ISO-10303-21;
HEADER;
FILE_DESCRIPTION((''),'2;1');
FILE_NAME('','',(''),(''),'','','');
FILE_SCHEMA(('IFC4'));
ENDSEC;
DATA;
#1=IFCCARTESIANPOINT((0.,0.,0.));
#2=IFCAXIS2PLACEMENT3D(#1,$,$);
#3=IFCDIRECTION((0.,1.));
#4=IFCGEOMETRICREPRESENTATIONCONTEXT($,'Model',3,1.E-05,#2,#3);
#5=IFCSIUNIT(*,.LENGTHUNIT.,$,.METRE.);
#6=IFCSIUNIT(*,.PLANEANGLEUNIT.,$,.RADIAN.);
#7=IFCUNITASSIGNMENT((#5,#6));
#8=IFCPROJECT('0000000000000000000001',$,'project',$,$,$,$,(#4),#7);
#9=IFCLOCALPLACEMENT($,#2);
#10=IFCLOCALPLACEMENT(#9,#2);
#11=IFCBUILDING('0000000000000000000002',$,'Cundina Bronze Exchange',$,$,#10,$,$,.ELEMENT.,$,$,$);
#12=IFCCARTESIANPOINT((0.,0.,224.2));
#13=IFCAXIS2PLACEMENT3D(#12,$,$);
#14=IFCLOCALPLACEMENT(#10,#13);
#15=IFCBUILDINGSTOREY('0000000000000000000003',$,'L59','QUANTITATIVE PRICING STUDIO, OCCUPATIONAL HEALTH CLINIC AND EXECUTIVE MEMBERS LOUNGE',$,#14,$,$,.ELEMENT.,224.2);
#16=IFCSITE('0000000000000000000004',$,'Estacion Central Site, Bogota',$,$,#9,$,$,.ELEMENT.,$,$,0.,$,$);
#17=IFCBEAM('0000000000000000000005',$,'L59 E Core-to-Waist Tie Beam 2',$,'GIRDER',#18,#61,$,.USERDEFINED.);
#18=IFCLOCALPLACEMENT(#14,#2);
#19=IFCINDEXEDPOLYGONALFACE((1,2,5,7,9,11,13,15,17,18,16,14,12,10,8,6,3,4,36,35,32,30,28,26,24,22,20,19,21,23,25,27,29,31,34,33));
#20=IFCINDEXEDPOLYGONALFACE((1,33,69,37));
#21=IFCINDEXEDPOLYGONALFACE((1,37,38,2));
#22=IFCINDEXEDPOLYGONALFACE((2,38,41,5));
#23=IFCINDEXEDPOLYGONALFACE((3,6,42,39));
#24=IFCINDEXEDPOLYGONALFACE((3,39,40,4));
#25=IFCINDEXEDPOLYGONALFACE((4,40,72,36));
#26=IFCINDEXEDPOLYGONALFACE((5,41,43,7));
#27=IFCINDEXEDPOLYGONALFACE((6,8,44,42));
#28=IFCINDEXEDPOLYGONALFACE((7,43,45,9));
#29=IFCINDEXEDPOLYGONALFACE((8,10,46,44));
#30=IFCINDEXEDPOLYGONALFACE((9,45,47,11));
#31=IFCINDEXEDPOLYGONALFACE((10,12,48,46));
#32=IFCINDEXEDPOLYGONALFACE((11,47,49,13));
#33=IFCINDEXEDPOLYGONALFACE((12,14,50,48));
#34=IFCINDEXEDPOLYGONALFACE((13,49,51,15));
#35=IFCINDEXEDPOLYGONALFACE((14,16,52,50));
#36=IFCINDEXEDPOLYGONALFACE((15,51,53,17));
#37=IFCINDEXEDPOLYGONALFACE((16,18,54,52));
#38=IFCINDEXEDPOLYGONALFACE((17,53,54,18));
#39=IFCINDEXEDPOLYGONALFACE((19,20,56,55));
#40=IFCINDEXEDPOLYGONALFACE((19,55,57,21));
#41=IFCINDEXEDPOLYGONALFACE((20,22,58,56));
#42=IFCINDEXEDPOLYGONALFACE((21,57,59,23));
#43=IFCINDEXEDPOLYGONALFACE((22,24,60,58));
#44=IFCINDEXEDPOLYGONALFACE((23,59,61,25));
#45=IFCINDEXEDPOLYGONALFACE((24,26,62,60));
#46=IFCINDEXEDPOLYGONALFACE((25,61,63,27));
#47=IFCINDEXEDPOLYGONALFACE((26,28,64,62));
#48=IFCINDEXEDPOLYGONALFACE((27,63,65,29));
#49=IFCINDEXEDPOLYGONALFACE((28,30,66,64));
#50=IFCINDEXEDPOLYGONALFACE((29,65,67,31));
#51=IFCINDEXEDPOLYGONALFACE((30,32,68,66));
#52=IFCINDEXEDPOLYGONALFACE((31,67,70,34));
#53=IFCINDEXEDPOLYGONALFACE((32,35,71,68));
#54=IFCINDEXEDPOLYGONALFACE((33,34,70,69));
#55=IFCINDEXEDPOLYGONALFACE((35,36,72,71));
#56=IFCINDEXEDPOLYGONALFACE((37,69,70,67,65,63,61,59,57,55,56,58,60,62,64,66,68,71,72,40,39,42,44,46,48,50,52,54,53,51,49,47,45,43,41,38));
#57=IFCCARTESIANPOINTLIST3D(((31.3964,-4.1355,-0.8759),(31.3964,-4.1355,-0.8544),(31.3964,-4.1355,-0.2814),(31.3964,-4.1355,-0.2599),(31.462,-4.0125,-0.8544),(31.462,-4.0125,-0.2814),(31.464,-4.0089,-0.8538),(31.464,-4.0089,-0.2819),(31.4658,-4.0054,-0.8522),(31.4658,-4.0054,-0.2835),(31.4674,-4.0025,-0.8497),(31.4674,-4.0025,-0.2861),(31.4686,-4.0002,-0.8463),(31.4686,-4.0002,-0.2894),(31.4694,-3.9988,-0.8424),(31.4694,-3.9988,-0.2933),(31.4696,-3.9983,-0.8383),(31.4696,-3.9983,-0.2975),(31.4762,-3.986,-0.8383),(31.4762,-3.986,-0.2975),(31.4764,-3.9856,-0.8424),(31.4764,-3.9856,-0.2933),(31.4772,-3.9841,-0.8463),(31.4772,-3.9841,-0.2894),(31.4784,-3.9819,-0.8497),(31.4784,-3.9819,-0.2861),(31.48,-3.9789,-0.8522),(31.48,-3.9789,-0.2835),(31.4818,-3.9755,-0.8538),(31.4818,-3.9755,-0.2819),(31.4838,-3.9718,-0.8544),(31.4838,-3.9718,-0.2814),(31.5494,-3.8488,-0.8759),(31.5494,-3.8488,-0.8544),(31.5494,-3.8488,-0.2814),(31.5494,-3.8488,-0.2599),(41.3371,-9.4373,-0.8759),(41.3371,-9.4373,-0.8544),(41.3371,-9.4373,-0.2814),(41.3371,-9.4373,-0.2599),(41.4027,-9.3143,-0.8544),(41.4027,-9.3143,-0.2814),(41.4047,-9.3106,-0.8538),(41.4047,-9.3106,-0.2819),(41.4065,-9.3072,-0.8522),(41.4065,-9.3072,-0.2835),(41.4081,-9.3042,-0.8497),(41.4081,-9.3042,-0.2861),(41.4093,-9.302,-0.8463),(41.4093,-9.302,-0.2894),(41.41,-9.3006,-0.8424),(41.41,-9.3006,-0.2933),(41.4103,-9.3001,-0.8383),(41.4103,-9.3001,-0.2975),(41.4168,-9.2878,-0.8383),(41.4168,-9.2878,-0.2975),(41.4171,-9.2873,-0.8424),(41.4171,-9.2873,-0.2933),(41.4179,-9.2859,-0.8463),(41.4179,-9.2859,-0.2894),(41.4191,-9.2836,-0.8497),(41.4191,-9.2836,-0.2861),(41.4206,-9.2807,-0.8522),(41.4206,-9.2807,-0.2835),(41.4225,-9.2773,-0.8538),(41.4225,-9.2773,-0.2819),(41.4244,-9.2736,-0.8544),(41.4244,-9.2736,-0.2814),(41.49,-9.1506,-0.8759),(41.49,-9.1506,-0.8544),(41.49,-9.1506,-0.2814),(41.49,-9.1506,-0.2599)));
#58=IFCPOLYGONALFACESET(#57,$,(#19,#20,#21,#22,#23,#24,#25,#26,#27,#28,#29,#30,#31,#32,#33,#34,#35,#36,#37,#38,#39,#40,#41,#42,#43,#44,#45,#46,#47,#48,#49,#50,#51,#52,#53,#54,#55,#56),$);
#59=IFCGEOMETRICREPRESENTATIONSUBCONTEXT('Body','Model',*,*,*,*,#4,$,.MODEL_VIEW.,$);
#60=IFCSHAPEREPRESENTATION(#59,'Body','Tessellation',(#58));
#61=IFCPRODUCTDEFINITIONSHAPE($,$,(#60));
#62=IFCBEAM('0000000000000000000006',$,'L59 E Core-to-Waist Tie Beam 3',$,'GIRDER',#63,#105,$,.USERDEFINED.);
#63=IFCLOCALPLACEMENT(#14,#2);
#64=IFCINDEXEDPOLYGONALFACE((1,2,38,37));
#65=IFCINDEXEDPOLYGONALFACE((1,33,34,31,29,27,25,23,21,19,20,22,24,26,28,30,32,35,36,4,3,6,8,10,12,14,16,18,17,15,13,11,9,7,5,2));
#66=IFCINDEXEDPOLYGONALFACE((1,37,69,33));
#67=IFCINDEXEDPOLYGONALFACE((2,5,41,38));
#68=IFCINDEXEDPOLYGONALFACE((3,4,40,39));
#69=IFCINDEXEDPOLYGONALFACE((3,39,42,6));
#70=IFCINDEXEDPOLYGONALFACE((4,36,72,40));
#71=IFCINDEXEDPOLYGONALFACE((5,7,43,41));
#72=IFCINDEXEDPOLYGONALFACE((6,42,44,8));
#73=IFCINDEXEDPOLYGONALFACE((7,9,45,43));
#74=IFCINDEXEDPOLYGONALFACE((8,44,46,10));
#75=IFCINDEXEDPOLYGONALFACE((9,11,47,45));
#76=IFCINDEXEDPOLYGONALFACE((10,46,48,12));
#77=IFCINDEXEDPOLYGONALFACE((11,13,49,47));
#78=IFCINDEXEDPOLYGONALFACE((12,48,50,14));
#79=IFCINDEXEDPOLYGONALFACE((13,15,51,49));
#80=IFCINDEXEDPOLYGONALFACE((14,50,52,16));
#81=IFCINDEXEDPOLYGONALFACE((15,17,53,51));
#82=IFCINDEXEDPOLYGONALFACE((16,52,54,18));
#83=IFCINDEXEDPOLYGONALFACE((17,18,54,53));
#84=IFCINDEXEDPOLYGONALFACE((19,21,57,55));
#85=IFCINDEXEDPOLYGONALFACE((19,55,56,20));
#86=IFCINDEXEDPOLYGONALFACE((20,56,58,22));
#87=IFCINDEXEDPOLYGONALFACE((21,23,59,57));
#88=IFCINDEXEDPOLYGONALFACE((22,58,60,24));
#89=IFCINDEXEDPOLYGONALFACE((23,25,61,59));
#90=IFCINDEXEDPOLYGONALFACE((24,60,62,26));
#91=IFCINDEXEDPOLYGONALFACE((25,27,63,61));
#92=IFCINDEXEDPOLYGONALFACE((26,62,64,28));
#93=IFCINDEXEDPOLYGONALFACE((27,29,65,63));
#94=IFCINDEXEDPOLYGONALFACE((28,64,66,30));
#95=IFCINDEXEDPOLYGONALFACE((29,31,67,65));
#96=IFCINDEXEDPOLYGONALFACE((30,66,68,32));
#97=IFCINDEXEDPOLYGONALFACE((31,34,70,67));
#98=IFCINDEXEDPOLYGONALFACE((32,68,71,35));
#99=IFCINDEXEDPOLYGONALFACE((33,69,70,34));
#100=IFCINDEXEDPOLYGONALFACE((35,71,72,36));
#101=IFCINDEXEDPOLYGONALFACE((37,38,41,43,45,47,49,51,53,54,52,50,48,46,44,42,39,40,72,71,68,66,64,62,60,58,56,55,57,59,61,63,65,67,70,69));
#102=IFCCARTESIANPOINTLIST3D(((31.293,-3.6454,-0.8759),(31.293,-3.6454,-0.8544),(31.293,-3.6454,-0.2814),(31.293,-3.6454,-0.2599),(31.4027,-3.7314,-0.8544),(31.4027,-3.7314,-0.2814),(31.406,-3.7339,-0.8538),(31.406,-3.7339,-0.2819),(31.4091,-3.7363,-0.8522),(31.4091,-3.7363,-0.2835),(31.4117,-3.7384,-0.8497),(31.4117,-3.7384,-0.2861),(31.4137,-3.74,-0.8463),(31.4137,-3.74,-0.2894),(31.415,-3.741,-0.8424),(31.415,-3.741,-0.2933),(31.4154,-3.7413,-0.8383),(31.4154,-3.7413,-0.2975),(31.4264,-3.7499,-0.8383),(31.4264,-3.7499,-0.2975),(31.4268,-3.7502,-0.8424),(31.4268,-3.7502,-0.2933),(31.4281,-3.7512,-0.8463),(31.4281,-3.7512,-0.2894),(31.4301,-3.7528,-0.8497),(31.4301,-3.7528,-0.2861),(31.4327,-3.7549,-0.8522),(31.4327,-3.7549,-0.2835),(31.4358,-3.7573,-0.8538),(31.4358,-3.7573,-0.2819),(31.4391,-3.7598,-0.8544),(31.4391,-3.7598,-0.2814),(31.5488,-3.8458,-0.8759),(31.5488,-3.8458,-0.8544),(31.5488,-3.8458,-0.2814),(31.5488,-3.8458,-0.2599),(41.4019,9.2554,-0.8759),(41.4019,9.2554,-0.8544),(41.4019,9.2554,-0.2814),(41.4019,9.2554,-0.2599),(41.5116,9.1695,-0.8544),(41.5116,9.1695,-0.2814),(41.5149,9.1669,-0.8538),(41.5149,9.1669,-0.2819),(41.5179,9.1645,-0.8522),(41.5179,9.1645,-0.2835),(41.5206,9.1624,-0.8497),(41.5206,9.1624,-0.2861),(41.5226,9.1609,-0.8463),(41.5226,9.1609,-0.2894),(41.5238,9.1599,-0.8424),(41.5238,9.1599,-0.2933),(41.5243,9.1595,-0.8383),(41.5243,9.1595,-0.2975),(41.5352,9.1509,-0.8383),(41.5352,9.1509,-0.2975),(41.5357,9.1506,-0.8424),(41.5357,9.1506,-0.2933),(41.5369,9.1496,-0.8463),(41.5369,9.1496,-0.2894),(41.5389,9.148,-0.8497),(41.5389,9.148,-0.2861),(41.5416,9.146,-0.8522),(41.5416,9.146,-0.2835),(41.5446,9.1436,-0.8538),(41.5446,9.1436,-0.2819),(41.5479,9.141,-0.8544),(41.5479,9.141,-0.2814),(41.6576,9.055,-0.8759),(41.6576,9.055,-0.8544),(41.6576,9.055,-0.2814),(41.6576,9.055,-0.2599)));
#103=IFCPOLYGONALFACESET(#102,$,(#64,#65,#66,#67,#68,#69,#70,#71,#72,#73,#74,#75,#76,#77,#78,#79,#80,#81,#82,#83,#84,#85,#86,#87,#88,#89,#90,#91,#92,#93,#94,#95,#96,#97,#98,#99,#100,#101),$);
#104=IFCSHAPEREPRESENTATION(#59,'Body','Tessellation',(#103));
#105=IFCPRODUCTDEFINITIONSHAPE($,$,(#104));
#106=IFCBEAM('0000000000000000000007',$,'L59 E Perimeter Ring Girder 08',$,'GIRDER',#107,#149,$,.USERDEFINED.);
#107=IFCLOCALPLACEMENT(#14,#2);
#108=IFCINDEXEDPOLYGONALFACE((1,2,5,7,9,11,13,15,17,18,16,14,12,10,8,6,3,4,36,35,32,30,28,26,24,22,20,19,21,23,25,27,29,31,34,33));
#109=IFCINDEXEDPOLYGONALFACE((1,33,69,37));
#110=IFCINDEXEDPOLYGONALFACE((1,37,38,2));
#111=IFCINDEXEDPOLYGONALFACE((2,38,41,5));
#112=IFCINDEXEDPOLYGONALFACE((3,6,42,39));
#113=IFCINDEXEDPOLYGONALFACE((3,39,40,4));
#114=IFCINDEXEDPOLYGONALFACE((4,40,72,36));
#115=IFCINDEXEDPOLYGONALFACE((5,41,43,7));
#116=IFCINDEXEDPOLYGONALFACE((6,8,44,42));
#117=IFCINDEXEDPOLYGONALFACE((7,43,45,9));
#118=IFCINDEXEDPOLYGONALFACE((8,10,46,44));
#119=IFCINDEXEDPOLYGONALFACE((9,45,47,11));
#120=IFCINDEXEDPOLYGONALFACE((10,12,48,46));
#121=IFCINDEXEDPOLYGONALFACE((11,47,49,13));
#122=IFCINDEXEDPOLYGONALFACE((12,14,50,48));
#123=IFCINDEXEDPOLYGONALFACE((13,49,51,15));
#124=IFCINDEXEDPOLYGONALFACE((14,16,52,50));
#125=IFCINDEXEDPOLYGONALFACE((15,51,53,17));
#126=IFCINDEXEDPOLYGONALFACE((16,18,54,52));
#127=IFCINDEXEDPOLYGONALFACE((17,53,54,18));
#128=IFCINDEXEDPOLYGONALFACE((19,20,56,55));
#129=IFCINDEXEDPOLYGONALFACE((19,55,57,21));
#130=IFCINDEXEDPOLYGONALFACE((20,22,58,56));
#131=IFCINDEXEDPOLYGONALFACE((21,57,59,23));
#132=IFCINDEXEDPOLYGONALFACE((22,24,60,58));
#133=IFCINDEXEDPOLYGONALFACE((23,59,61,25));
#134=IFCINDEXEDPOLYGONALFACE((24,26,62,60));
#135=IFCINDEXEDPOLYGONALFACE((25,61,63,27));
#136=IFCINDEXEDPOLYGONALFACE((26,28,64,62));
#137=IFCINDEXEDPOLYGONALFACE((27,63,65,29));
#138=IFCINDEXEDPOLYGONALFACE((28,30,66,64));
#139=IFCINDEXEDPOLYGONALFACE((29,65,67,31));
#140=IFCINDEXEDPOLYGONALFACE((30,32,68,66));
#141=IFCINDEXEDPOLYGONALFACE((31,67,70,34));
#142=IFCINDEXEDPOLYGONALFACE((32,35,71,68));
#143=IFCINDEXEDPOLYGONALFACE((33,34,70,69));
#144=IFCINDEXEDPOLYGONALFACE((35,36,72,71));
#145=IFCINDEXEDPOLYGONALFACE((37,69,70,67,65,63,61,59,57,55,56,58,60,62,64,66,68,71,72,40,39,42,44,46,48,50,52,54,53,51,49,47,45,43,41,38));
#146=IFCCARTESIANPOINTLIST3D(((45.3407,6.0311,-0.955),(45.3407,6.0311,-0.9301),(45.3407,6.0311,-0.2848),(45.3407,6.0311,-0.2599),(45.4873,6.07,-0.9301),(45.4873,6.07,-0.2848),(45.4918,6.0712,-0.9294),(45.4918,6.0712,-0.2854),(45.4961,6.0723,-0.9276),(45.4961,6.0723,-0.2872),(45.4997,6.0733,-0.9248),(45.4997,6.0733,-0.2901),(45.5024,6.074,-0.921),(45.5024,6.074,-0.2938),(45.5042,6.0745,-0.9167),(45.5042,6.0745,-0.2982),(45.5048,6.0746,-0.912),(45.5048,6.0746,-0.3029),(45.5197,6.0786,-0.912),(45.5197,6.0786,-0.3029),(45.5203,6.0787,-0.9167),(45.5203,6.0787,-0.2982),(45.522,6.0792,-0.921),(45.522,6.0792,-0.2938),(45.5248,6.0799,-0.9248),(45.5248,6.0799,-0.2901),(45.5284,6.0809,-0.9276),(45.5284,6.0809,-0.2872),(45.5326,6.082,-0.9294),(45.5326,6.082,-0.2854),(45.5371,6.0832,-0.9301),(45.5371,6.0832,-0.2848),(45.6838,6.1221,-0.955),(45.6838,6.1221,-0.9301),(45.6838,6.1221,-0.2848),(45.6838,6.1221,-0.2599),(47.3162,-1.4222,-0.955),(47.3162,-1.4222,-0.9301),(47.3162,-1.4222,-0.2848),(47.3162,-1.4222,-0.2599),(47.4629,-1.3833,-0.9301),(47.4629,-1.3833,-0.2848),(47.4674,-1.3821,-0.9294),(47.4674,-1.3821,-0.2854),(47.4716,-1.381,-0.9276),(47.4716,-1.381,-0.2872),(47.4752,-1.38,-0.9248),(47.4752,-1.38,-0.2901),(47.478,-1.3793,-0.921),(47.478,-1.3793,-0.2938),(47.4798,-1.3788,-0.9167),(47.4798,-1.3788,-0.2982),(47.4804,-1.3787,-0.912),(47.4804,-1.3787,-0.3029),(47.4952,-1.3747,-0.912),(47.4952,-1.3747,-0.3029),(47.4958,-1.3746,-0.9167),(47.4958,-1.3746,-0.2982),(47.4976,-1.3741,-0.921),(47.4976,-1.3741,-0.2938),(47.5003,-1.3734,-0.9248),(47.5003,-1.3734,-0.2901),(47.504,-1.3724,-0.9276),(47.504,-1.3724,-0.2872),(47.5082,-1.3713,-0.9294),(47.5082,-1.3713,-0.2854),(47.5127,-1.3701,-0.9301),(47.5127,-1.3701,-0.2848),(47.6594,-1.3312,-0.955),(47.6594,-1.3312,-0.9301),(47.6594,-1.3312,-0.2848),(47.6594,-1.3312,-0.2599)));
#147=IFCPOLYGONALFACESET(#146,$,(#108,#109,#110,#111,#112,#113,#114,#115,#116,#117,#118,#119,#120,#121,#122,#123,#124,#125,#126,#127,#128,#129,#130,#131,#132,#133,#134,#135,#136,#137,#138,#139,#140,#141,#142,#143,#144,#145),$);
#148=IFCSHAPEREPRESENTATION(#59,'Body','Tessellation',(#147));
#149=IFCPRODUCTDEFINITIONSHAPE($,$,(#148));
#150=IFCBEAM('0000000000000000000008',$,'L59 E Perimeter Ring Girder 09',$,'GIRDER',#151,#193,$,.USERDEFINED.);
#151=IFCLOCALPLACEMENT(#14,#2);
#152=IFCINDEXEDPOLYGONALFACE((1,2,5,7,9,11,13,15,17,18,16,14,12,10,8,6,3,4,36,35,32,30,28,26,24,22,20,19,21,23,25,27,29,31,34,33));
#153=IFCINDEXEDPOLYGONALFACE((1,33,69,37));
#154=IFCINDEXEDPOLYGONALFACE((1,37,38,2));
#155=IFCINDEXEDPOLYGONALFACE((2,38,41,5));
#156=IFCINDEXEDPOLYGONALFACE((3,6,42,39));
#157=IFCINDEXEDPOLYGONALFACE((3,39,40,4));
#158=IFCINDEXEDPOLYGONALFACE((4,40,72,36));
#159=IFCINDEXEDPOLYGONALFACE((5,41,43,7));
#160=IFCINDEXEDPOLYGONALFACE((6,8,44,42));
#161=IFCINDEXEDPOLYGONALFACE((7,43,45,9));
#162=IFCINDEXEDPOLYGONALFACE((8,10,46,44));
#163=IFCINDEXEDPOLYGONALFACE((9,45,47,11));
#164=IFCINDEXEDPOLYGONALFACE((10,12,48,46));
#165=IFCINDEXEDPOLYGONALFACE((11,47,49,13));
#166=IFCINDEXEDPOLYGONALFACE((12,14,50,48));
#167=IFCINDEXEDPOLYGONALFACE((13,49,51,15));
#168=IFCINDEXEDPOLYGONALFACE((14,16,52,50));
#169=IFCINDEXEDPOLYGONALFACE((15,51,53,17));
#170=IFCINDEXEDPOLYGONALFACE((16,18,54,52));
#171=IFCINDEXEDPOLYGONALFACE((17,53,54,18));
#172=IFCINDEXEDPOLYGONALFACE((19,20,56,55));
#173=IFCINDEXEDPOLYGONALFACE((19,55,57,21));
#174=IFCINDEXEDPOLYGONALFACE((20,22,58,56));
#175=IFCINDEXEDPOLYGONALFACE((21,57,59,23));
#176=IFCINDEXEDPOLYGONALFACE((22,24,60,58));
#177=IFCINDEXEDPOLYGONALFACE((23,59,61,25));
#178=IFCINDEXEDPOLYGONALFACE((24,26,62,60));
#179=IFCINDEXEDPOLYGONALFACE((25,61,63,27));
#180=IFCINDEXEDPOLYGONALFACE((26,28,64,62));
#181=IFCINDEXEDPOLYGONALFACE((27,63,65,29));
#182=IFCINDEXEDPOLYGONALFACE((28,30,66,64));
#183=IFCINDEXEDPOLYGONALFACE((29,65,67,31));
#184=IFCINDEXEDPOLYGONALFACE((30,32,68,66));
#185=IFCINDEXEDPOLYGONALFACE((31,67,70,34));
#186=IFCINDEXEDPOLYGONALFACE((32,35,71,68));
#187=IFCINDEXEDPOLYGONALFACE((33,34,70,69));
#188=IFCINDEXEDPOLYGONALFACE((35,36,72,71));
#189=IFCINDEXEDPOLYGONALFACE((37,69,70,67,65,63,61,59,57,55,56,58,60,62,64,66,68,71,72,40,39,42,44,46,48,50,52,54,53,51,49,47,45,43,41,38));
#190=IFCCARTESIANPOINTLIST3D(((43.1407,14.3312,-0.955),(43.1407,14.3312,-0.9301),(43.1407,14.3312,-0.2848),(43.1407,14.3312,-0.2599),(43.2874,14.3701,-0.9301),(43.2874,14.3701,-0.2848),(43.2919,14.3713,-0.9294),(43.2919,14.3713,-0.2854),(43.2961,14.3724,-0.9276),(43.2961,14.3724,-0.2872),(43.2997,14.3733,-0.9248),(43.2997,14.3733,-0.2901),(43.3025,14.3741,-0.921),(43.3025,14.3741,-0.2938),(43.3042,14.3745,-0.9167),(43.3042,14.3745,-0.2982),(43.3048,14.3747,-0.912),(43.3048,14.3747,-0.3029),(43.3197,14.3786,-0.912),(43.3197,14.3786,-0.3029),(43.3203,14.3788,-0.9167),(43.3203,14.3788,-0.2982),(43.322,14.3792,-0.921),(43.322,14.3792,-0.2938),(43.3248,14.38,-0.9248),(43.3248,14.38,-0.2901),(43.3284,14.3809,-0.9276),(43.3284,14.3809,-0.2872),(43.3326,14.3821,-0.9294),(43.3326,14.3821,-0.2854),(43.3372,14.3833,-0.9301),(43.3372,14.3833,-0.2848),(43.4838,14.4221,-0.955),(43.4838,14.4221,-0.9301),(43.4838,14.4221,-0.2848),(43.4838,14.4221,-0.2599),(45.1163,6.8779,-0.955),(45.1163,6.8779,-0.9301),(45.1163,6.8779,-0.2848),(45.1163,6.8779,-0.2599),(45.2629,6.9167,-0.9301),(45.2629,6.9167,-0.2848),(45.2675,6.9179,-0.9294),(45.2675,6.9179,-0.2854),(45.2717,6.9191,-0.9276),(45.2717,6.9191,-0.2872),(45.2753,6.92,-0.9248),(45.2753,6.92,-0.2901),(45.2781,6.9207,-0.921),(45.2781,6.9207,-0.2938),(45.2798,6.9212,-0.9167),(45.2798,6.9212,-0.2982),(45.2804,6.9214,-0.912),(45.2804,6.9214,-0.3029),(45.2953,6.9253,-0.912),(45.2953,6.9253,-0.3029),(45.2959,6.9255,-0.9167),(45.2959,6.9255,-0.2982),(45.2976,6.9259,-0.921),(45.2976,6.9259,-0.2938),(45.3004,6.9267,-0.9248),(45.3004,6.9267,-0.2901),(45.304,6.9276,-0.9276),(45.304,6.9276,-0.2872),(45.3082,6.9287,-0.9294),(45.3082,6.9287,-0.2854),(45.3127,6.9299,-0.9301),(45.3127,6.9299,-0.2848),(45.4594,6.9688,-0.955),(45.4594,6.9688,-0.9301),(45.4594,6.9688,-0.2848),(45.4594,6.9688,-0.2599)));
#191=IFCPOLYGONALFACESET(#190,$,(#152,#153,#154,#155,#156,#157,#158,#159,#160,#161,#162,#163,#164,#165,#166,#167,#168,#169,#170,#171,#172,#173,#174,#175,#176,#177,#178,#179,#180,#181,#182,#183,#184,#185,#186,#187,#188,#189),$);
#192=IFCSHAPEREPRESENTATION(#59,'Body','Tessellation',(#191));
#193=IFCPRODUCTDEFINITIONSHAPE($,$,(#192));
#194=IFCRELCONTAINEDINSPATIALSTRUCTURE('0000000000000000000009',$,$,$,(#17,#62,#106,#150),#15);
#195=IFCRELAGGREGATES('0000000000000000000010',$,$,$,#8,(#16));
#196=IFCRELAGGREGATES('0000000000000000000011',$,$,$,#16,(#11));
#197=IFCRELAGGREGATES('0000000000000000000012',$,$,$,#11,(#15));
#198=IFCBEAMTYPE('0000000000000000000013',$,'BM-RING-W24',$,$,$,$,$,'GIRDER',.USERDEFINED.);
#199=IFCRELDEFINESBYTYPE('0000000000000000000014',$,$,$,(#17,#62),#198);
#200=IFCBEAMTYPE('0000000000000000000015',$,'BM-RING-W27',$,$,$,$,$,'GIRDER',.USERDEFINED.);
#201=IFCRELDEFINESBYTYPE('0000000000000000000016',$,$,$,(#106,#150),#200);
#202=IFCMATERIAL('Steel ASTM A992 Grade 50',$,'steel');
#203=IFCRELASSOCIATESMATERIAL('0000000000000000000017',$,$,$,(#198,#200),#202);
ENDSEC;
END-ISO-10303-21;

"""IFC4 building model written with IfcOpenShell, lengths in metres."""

from ifc_helpers import new_model, si_unit, direction, frame, origin, origin_2d, place, context, subcontext, project, spatial, i_section, extrude, material, material_profile, profile_set, type_object, element, save


model = new_model("IFC4")

# Units and contexts
model_context = context("Model", 3, precision=1e-05, world=origin(), true_north=direction((0.0, 1.0)))
body_context = subcontext(model_context, "Body", "Model", "MODEL_VIEW")
ifc_project = project(units=[si_unit("LENGTHUNIT", "METRE"), si_unit("PLANEANGLEUNIT", "RADIAN")], contexts=[model_context])

# Site, building, storey
site_placement = place(None, origin())
site = spatial("IfcSite", under=ifc_project, at=site_placement, Name="Estacion Central Site, Bogota", CompositionType="ELEMENT", RefElevation=0.0)
building_placement = place(site_placement, origin())
building = spatial("IfcBuilding", under=site, at=building_placement, Name="Cundina Bronze Exchange", CompositionType="ELEMENT")
storey_placement = place(building_placement, frame((0.0, 0.0, 224.2)))
storey = spatial("IfcBuildingStorey", under=building, at=storey_placement, Name="L59", Description="QUANTITATIVE PRICING STUDIO, OCCUPATIONAL HEALTH CLINIC AND EXECUTIVE MEMBERS LOUNGE", CompositionType="ELEMENT", Elevation=224.2)

# Shared definitions
ifc_material_1 = material(Name="Steel ASTM A992 Grade 50", Category="steel")

# Beams
ifc_material_profile_1 = material_profile(ifc_material_1, i_section(OverallWidth=0.325, OverallDepth=0.616, WebThickness=0.0139, FlangeThickness=0.0215, FilletRadius=0.0161, at=origin_2d()), Name="W24X117", Category="steel")
ifc_profile_set_1 = profile_set([ifc_material_profile_1], Name="Steel ASTM A992 Grade 50")
beam_type_1 = type_object("IfcBeamType", Name="BM-RING-W24", ElementType="GIRDER", PredefinedType="USERDEFINED", material=ifc_profile_set_1)
beam_1_placement = place(storey_placement, frame((31.4729, -3.9922, -0.5679), z_axis=(0.882351, -0.470593, 0.0), x_axis=(0.470593, 0.882351, 0.0)))
element("IfcBeam", 1, at=beam_1_placement, inside=storey, type_object=beam_type_1, Name="L59 E Core-to-Waist Tie Beam 2", ObjectType="GIRDER", PredefinedType="USERDEFINED", context=body_context, shape_type="SweptSolid", body=[
    extrude(i_section(OverallWidth=0.325, OverallDepth=0.616, WebThickness=0.0139, FlangeThickness=0.0215, FilletRadius=0.0161, at=origin_2d()), origin(), (0.0, 0.0, 1.0), 11.2661),
])
beam_2_placement = place(storey_placement, frame((31.4209, -3.7456, -0.5679), z_axis=(0.616783, 0.787133, 0.0), x_axis=(-0.787133, 0.616783, 0.0)))
element("IfcBeam", 2, at=beam_2_placement, inside=storey, type_object=beam_type_1, Name="L59 E Core-to-Waist Tie Beam 3", ObjectType="GIRDER", PredefinedType="USERDEFINED", context=body_context, shape_type="SweptSolid", body=[
    extrude(i_section(OverallWidth=0.325, OverallDepth=0.616, WebThickness=0.0139, FlangeThickness=0.0215, FilletRadius=0.0161, at=origin_2d()), origin(), (0.0, 0.0, 1.0), 16.3896),
])
ifc_material_profile_2 = material_profile(ifc_material_1, i_section(OverallWidth=0.355, OverallDepth=0.6951, WebThickness=0.0154, FlangeThickness=0.0249, FilletRadius=0.0181, at=origin_2d()), Name="W27X146", Category="steel")
ifc_profile_set_2 = profile_set([ifc_material_profile_2], Name="Steel ASTM A992 Grade 50")
beam_type_2 = type_object("IfcBeamType", Name="BM-RING-W27", ElementType="GIRDER", PredefinedType="USERDEFINED", material=ifc_profile_set_2)
for number, where, z_axis, x_axis, name in (
    (3, (47.4878, -1.3767, -0.6074), (-0.256212, 0.966621, 0.0), (-0.966621, -0.256212, 0.0), "L59 E Perimeter Ring Girder 08"),
    (4, (45.2878, 6.9233, -0.6074), (-0.256212, 0.966621, 0.0), (-0.966621, -0.256212, 0.0), "L59 E Perimeter Ring Girder 09"),
):
    element("IfcBeam", number, at=place(storey_placement, frame(where, z_axis=z_axis, x_axis=x_axis)), inside=storey, type_object=beam_type_2, Name=name, ObjectType="GIRDER", PredefinedType="USERDEFINED", context=body_context, shape_type="SweptSolid", body=[
        extrude(i_section(OverallWidth=0.355, OverallDepth=0.6951, WebThickness=0.0154, FlangeThickness=0.0249, FilletRadius=0.0181, at=origin_2d()), origin(), (0.0, 0.0, 1.0), 7.7107),
    ])

save(model, "model.ifc")
